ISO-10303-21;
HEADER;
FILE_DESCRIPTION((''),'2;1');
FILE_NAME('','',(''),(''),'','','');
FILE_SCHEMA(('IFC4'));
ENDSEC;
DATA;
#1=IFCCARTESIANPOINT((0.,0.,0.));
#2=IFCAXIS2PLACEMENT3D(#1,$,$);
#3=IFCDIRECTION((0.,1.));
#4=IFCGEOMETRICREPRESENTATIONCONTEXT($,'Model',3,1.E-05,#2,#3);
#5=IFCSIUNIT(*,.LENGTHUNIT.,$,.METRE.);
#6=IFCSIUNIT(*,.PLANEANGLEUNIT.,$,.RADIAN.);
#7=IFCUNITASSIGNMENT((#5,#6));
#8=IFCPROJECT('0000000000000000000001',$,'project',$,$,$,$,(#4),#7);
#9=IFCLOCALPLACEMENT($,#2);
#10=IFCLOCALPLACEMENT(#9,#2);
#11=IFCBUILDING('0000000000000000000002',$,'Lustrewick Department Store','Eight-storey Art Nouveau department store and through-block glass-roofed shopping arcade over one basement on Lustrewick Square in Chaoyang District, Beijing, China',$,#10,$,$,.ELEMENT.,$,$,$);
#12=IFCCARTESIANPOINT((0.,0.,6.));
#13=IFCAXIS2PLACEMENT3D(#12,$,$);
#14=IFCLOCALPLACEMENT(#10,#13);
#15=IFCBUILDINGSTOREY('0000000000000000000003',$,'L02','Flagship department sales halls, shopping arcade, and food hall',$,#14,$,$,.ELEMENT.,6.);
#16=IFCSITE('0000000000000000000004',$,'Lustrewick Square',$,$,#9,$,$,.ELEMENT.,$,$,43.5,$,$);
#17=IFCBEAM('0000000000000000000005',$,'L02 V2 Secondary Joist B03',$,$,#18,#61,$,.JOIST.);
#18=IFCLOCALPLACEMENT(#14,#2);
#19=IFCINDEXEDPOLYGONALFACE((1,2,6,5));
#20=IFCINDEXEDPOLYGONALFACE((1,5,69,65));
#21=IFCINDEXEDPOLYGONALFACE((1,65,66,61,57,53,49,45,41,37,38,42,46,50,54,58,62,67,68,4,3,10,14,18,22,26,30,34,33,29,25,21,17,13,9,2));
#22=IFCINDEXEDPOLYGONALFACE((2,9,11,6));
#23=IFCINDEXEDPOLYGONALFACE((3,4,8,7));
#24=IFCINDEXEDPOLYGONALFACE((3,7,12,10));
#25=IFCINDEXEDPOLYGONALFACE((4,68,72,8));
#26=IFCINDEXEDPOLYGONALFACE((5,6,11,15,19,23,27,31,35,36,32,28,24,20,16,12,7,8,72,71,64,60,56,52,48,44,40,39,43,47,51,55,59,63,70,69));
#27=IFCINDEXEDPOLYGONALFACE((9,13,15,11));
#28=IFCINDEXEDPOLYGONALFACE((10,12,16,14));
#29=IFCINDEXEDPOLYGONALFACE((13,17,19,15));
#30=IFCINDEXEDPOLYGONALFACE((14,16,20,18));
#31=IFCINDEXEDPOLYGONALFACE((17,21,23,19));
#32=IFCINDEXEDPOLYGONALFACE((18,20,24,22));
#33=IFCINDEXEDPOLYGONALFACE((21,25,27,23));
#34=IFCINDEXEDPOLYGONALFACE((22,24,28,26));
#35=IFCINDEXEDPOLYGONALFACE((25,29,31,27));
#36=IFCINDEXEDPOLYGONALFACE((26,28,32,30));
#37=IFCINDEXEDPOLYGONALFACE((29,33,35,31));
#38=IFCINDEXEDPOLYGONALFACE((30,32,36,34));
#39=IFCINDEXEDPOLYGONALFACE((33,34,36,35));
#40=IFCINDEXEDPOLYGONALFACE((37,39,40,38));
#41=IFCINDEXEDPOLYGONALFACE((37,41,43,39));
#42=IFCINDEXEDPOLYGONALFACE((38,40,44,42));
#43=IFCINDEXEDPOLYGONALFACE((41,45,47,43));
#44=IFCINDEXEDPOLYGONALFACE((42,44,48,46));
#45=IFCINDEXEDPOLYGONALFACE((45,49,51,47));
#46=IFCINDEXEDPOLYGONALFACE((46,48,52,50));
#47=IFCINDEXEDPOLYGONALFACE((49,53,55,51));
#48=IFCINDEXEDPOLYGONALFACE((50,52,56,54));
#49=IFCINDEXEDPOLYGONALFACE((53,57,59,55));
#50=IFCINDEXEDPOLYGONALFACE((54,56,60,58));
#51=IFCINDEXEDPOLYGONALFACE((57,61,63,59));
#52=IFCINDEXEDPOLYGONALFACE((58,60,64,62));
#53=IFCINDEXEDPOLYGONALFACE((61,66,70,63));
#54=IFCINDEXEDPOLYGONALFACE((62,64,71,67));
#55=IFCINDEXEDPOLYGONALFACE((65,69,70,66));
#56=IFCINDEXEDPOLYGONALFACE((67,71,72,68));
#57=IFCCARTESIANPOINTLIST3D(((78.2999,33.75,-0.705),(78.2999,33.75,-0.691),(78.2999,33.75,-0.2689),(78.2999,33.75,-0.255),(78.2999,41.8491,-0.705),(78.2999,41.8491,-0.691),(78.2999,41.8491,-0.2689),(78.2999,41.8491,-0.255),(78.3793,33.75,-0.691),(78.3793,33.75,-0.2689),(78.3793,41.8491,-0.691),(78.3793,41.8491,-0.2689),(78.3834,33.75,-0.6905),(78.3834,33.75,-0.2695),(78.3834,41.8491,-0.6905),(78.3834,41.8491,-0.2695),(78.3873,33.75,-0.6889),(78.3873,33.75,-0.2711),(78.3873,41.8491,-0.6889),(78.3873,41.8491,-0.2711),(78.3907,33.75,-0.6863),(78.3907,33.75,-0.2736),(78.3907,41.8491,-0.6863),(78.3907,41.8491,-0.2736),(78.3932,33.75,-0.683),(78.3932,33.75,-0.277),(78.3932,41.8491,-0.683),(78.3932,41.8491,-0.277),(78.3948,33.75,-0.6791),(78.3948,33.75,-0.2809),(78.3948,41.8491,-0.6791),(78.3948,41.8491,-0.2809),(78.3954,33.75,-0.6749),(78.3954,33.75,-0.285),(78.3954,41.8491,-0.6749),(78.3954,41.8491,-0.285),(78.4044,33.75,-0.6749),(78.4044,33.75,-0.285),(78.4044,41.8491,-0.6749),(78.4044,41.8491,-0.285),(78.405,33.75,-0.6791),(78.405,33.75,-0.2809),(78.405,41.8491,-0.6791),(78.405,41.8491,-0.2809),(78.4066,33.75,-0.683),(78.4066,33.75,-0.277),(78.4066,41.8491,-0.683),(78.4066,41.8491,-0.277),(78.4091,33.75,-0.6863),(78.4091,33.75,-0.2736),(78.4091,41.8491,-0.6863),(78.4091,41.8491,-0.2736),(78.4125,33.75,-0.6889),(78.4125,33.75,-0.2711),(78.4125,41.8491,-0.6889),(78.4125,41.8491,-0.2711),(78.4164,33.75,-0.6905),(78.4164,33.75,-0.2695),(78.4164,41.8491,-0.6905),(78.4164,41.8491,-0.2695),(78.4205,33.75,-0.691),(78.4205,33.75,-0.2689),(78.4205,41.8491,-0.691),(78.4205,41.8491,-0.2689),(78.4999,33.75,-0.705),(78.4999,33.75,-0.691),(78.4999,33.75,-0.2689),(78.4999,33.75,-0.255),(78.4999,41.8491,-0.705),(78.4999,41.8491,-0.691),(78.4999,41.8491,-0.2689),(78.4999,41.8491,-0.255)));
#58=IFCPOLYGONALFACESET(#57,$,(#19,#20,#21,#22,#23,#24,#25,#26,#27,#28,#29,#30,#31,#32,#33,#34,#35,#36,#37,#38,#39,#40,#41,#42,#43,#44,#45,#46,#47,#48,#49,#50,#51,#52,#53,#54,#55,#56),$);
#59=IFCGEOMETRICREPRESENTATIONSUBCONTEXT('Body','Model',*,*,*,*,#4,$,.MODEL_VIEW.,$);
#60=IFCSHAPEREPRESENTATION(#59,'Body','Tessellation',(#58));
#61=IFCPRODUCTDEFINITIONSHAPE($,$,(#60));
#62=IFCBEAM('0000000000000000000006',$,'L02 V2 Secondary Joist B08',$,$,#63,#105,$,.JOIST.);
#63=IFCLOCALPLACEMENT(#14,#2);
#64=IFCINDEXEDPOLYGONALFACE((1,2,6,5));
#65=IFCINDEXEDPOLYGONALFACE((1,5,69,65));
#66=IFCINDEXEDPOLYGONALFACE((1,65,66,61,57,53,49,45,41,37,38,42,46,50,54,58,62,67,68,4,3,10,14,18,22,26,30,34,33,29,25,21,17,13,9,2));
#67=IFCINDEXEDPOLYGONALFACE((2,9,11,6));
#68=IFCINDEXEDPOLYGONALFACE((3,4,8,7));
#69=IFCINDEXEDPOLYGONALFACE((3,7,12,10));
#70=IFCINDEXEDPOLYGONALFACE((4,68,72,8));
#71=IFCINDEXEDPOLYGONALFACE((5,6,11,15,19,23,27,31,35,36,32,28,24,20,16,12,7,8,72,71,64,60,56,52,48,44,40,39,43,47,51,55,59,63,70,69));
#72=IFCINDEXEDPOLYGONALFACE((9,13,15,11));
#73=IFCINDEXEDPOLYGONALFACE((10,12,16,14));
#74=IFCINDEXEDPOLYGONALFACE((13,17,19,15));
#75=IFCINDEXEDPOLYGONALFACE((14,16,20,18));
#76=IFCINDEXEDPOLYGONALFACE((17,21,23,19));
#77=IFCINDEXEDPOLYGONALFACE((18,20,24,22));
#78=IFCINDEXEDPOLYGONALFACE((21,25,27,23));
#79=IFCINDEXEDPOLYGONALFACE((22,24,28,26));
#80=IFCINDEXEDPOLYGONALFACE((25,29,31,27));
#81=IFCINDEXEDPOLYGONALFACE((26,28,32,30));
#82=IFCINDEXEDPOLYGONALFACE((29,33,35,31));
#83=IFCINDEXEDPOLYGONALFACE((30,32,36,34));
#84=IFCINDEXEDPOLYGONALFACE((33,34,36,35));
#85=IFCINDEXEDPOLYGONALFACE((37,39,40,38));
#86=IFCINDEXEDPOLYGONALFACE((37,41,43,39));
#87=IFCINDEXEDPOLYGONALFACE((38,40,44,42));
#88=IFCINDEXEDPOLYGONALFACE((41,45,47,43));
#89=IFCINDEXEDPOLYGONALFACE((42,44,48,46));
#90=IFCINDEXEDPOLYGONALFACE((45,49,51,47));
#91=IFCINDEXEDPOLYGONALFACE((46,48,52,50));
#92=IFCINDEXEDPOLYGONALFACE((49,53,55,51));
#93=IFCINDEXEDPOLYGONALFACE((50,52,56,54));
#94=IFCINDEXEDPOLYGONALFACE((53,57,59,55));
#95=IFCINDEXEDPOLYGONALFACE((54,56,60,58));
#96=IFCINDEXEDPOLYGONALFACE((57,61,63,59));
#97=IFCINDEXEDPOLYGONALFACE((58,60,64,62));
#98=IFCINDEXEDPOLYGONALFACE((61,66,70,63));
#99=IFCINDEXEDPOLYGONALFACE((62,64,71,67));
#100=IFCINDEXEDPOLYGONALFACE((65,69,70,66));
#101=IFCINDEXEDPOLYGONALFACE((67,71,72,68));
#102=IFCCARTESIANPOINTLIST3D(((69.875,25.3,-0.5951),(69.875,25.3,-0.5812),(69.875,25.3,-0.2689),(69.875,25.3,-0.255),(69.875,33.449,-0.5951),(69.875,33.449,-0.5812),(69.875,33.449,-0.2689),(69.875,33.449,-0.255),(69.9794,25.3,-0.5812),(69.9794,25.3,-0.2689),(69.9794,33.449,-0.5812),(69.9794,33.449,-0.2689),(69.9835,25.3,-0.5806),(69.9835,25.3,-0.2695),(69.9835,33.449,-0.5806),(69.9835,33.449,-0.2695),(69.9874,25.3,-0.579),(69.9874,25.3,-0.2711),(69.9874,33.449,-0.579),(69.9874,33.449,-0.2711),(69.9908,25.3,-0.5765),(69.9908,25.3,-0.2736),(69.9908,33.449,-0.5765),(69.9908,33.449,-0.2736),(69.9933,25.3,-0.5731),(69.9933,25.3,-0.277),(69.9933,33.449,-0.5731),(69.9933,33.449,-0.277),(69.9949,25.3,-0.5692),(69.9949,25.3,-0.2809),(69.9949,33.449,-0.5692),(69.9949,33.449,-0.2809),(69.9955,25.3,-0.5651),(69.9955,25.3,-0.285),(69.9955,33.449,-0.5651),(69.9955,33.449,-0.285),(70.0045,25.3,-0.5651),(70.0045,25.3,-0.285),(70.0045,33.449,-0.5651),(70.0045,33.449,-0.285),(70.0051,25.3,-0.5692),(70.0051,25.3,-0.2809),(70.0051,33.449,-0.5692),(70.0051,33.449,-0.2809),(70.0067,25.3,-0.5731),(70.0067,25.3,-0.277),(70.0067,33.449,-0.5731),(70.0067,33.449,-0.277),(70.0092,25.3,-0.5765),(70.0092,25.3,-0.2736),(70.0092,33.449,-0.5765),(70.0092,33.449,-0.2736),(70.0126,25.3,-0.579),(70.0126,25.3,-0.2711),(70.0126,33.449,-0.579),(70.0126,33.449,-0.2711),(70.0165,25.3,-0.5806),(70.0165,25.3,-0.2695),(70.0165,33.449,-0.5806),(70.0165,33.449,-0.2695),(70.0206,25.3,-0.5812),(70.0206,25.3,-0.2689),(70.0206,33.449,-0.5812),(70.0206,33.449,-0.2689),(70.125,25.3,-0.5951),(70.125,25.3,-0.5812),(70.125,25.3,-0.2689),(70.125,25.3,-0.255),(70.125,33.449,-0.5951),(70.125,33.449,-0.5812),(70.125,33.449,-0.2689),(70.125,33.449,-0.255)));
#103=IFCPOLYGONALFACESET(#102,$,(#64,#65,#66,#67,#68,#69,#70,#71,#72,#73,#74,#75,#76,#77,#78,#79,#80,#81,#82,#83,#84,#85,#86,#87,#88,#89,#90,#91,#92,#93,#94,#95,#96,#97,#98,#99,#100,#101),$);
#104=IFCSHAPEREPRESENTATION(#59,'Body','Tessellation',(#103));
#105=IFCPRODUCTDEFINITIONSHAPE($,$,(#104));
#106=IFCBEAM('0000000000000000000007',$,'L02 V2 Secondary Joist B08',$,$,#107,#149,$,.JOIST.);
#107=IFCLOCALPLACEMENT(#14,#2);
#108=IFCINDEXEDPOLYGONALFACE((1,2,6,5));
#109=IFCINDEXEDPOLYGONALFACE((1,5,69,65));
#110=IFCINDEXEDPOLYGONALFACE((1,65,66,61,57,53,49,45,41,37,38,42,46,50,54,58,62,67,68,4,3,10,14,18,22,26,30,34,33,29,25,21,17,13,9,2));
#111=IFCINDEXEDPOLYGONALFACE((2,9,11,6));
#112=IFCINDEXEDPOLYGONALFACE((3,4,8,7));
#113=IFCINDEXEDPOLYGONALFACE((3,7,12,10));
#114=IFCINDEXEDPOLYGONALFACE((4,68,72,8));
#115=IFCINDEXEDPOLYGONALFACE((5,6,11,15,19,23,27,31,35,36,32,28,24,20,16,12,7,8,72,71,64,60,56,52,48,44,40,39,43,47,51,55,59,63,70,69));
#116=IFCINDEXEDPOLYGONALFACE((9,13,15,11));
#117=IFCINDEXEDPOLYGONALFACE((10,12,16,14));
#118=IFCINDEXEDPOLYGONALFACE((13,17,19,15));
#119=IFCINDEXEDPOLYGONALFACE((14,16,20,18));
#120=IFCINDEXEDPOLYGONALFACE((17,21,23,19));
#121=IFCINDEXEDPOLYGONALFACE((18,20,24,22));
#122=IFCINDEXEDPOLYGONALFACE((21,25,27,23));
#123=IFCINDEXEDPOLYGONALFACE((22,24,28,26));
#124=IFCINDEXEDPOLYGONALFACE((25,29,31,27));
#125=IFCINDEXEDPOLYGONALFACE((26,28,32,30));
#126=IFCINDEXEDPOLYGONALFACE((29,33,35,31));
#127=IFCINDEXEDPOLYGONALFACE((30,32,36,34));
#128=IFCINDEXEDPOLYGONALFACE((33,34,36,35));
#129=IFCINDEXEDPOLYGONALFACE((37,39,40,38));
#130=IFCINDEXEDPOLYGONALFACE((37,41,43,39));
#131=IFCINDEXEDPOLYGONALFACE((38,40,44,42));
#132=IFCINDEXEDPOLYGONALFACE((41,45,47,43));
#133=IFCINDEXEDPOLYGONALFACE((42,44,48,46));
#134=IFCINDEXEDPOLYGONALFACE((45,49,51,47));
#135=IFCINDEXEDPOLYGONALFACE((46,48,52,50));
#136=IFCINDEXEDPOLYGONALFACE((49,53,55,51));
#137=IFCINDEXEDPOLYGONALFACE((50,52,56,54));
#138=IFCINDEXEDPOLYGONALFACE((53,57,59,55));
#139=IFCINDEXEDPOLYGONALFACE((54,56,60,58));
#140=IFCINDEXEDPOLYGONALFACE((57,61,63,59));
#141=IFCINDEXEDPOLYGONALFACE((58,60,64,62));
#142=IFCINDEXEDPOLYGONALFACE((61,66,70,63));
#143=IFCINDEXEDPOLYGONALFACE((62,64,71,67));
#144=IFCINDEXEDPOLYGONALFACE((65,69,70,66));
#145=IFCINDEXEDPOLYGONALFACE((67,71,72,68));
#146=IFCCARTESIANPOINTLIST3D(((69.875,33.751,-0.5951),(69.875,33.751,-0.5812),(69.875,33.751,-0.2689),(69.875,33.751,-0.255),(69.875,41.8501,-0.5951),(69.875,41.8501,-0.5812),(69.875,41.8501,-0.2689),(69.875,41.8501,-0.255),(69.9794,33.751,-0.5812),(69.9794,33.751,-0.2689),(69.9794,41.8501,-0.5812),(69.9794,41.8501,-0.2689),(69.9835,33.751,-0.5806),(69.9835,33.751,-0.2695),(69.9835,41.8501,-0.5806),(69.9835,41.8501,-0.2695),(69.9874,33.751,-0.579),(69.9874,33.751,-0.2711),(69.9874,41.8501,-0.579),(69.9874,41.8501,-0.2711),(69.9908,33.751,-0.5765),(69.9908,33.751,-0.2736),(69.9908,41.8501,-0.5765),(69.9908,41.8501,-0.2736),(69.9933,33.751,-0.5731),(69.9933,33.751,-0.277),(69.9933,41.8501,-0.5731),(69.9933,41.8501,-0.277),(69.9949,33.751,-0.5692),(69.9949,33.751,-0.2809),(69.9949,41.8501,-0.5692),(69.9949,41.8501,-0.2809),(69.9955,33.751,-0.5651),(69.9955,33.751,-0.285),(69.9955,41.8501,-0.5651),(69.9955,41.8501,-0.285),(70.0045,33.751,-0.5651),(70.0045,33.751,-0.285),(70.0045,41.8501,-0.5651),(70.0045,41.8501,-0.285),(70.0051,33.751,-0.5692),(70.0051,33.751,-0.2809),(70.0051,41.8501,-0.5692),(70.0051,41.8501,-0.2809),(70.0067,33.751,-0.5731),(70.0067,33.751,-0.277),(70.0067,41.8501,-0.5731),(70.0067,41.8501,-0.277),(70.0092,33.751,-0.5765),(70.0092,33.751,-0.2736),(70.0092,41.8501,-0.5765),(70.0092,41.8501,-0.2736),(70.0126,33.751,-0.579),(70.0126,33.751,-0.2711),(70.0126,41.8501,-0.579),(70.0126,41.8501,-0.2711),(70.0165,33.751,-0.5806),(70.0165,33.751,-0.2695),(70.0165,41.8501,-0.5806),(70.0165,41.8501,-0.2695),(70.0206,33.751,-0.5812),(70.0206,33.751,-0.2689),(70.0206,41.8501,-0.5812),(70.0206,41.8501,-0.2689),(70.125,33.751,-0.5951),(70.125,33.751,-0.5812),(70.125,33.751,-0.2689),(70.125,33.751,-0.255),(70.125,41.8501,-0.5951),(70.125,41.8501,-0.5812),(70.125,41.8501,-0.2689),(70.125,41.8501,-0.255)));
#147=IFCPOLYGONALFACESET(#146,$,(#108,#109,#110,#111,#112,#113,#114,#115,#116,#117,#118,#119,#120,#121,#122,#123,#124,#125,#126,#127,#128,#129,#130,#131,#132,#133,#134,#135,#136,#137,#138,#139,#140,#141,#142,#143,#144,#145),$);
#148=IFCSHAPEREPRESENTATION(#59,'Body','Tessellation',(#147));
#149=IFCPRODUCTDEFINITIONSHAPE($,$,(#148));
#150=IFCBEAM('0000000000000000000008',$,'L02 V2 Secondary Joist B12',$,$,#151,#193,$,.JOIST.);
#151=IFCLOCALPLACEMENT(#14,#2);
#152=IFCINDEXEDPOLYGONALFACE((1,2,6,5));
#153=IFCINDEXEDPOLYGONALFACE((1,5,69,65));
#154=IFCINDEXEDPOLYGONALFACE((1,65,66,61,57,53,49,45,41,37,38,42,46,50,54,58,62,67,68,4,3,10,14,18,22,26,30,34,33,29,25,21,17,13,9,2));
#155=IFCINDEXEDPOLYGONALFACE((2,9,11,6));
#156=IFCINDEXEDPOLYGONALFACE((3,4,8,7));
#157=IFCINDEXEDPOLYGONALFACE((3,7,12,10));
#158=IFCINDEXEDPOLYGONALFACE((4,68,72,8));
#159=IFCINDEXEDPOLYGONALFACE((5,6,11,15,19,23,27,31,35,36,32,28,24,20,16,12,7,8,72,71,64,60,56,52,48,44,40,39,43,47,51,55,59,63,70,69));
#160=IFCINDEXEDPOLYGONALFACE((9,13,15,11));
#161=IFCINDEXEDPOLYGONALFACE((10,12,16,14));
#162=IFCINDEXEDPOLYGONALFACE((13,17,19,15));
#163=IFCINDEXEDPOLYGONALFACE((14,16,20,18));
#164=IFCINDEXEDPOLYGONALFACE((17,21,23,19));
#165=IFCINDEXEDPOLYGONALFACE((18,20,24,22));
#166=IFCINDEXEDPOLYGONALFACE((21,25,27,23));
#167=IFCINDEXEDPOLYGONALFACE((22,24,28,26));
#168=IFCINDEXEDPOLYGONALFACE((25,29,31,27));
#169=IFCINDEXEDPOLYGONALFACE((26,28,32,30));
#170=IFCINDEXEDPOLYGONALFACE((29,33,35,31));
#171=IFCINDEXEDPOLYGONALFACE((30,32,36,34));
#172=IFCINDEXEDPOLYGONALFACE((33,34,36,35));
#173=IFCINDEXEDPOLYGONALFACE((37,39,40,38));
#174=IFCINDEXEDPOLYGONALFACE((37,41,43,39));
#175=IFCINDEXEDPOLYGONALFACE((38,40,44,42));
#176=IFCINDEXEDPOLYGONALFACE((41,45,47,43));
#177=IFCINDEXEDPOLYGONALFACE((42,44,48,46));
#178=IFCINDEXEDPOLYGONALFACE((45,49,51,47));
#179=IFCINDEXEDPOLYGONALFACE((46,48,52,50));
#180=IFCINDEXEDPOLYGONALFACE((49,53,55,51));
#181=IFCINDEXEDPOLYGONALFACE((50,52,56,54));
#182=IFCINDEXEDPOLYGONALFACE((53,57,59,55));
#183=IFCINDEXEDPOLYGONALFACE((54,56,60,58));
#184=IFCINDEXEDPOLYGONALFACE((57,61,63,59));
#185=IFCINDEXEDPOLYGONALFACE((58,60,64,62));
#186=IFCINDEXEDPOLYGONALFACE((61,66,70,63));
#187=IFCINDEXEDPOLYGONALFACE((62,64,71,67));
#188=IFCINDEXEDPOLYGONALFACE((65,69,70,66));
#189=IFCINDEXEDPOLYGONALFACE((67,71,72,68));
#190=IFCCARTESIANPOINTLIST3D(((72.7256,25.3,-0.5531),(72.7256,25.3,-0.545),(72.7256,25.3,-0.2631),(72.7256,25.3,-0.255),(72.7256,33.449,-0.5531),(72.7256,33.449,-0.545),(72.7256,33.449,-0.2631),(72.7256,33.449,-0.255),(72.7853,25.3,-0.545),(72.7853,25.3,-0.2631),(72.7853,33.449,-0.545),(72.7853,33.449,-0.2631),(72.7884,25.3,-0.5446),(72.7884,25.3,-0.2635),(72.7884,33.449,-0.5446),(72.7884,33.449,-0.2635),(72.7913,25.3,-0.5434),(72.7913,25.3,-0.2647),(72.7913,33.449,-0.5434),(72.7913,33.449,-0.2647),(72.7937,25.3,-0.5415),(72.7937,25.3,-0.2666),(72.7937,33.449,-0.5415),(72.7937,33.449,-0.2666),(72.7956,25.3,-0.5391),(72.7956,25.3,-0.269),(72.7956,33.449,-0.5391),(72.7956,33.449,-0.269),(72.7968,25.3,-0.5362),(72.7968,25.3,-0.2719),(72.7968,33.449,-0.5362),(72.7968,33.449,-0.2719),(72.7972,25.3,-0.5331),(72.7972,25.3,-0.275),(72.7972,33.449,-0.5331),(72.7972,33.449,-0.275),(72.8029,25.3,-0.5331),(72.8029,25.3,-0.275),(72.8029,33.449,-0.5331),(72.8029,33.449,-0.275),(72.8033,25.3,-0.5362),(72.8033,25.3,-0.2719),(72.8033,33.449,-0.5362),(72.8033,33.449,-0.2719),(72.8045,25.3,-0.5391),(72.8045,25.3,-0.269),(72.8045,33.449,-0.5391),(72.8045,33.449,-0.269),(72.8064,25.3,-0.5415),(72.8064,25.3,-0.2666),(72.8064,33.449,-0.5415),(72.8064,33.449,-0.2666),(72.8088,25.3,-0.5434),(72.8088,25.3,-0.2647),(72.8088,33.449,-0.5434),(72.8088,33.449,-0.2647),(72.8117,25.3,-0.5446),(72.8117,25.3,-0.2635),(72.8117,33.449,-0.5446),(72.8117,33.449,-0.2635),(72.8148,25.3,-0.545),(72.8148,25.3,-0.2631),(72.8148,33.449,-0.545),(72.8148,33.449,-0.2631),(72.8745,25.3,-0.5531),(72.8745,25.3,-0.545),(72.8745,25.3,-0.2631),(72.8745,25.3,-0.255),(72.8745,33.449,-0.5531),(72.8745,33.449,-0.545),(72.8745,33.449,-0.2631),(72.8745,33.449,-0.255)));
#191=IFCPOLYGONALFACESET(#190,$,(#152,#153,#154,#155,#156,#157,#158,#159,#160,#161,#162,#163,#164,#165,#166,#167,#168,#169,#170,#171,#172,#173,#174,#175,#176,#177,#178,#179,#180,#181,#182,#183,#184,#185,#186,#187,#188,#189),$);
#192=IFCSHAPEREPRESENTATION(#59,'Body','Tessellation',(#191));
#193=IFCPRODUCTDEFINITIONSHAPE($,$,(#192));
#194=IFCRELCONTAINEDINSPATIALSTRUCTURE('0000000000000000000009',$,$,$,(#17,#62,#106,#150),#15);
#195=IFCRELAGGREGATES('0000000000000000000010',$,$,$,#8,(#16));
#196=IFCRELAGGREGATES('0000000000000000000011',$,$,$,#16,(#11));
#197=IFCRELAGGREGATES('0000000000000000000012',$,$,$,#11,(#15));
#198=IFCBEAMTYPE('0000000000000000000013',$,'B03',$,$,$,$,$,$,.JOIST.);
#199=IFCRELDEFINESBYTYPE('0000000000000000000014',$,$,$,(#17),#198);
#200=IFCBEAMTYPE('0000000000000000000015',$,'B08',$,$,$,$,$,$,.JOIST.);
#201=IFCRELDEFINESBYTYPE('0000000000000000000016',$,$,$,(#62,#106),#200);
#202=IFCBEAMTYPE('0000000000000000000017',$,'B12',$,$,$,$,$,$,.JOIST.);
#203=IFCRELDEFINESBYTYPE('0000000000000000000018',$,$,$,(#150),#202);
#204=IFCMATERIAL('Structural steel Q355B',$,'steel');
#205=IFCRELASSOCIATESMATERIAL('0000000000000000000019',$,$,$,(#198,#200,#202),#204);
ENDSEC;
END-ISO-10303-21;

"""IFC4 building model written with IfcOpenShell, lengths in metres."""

from ifc_helpers import new_model, si_unit, direction, frame, origin, origin_2d, place, context, subcontext, project, spatial, i_section, extrude, material, material_profile, profile_set, type_object, element, save


model = new_model("IFC4")

# Units and contexts
model_context = context("Model", 3, precision=1e-05, world=origin(), true_north=direction((0.0, 1.0)))
body_context = subcontext(model_context, "Body", "Model", "MODEL_VIEW")
ifc_project = project(units=[si_unit("LENGTHUNIT", "METRE"), si_unit("PLANEANGLEUNIT", "RADIAN")], contexts=[model_context])

# Site, building, storey
site_placement = place(None, origin())
site = spatial("IfcSite", under=ifc_project, at=site_placement, Name="Lustrewick Square", CompositionType="ELEMENT", RefElevation=43.5)
building_placement = place(site_placement, origin())
building = spatial("IfcBuilding", under=site, at=building_placement, Name="Lustrewick Department Store", Description="Eight-storey Art Nouveau department store and through-block glass-roofed shopping arcade over one basement on Lustrewick Square in Chaoyang District, Beijing, China", CompositionType="ELEMENT")
storey_placement = place(building_placement, frame((0.0, 0.0, 6.0)))
storey = spatial("IfcBuildingStorey", under=building, at=storey_placement, Name="L02", Description="Flagship department sales halls, shopping arcade, and food hall", CompositionType="ELEMENT", Elevation=6.0)

# Beams
ifc_material_1 = material(Name="Structural steel Q355B", Category="steel")
ifc_material_profile_1 = material_profile(ifc_material_1, i_section(OverallWidth=0.2, OverallDepth=0.45, WebThickness=0.009, FlangeThickness=0.0139, FilletRadius=0.0161, at=origin_2d()), Name="HN 450x200x9x14")
ifc_profile_set_1 = profile_set([ifc_material_profile_1], Name="Structural steel Q355B")
beam_type_1 = type_object("IfcBeamType", Name="B03", PredefinedType="JOIST", material=ifc_profile_set_1)
beam_1_placement = place(storey_placement, frame((78.3999, 33.75, -0.48), z_axis=(0.0, 1.0, 0.0), x_axis=(-1.0, 0.0, 0.0)))
element("IfcBeam", 1, at=beam_1_placement, inside=storey, type_object=beam_type_1, Name="L02 V2 Secondary Joist B03", PredefinedType="JOIST", context=body_context, shape_type="SweptSolid", body=[
    extrude(i_section(OverallWidth=0.2, OverallDepth=0.45, WebThickness=0.009, FlangeThickness=0.0139, FilletRadius=0.0161, at=origin_2d()), origin(), (0.0, 0.0, 1.0), 8.0991),
])
ifc_material_profile_2 = material_profile(ifc_material_1, i_section(OverallWidth=0.25, OverallDepth=0.3401, WebThickness=0.009, FlangeThickness=0.0139, FilletRadius=0.0161, at=origin_2d()), Name="HM 340x250x9x14")
ifc_profile_set_2 = profile_set([ifc_material_profile_2], Name="Structural steel Q355B")
beam_type_2 = type_object("IfcBeamType", Name="B08", PredefinedType="JOIST", material=ifc_profile_set_2)
beam_2_placement = place(storey_placement, frame((70.0, 25.3, -0.425), z_axis=(0.0, 1.0, 0.0), x_axis=(-1.0, 0.0, 0.0)))
element("IfcBeam", 2, at=beam_2_placement, inside=storey, type_object=beam_type_2, Name="L02 V2 Secondary Joist B08", PredefinedType="JOIST", context=body_context, shape_type="SweptSolid", body=[
    extrude(i_section(OverallWidth=0.25, OverallDepth=0.3401, WebThickness=0.009, FlangeThickness=0.0139, FilletRadius=0.0161, at=origin_2d()), origin(), (0.0, 0.0, 1.0), 8.1489),
])
beam_3_placement = place(storey_placement, frame((70.0, 33.751, -0.425), z_axis=(0.0, 1.0, 0.0), x_axis=(-1.0, 0.0, 0.0)))
element("IfcBeam", 3, at=beam_3_placement, inside=storey, type_object=beam_type_2, Name="L02 V2 Secondary Joist B08", PredefinedType="JOIST", context=body_context, shape_type="SweptSolid", body=[
    extrude(i_section(OverallWidth=0.25, OverallDepth=0.3401, WebThickness=0.009, FlangeThickness=0.0139, FilletRadius=0.0161, at=origin_2d()), origin(), (0.0, 0.0, 1.0), 8.0991),
])
ifc_material_profile_3 = material_profile(ifc_material_1, i_section(OverallWidth=0.1489, OverallDepth=0.2981, WebThickness=0.0056, FlangeThickness=0.0081, FilletRadius=0.012, at=origin_2d()), Name="HN 298x149x5.5x8")
ifc_profile_set_3 = profile_set([ifc_material_profile_3], Name="Structural steel Q355B")
beam_type_3 = type_object("IfcBeamType", Name="B12", PredefinedType="JOIST", material=ifc_profile_set_3)
beam_4_placement = place(storey_placement, frame((72.8, 25.3, -0.4041), z_axis=(0.0, 1.0, 0.0), x_axis=(-1.0, 0.0, 0.0)))
element("IfcBeam", 4, at=beam_4_placement, inside=storey, type_object=beam_type_3, Name="L02 V2 Secondary Joist B12", PredefinedType="JOIST", context=body_context, shape_type="SweptSolid", body=[
    extrude(i_section(OverallWidth=0.1489, OverallDepth=0.2981, WebThickness=0.0056, FlangeThickness=0.0081, FilletRadius=0.012, at=origin_2d()), origin(), (0.0, 0.0, 1.0), 8.1489),
])

save(model, "model.ifc")
